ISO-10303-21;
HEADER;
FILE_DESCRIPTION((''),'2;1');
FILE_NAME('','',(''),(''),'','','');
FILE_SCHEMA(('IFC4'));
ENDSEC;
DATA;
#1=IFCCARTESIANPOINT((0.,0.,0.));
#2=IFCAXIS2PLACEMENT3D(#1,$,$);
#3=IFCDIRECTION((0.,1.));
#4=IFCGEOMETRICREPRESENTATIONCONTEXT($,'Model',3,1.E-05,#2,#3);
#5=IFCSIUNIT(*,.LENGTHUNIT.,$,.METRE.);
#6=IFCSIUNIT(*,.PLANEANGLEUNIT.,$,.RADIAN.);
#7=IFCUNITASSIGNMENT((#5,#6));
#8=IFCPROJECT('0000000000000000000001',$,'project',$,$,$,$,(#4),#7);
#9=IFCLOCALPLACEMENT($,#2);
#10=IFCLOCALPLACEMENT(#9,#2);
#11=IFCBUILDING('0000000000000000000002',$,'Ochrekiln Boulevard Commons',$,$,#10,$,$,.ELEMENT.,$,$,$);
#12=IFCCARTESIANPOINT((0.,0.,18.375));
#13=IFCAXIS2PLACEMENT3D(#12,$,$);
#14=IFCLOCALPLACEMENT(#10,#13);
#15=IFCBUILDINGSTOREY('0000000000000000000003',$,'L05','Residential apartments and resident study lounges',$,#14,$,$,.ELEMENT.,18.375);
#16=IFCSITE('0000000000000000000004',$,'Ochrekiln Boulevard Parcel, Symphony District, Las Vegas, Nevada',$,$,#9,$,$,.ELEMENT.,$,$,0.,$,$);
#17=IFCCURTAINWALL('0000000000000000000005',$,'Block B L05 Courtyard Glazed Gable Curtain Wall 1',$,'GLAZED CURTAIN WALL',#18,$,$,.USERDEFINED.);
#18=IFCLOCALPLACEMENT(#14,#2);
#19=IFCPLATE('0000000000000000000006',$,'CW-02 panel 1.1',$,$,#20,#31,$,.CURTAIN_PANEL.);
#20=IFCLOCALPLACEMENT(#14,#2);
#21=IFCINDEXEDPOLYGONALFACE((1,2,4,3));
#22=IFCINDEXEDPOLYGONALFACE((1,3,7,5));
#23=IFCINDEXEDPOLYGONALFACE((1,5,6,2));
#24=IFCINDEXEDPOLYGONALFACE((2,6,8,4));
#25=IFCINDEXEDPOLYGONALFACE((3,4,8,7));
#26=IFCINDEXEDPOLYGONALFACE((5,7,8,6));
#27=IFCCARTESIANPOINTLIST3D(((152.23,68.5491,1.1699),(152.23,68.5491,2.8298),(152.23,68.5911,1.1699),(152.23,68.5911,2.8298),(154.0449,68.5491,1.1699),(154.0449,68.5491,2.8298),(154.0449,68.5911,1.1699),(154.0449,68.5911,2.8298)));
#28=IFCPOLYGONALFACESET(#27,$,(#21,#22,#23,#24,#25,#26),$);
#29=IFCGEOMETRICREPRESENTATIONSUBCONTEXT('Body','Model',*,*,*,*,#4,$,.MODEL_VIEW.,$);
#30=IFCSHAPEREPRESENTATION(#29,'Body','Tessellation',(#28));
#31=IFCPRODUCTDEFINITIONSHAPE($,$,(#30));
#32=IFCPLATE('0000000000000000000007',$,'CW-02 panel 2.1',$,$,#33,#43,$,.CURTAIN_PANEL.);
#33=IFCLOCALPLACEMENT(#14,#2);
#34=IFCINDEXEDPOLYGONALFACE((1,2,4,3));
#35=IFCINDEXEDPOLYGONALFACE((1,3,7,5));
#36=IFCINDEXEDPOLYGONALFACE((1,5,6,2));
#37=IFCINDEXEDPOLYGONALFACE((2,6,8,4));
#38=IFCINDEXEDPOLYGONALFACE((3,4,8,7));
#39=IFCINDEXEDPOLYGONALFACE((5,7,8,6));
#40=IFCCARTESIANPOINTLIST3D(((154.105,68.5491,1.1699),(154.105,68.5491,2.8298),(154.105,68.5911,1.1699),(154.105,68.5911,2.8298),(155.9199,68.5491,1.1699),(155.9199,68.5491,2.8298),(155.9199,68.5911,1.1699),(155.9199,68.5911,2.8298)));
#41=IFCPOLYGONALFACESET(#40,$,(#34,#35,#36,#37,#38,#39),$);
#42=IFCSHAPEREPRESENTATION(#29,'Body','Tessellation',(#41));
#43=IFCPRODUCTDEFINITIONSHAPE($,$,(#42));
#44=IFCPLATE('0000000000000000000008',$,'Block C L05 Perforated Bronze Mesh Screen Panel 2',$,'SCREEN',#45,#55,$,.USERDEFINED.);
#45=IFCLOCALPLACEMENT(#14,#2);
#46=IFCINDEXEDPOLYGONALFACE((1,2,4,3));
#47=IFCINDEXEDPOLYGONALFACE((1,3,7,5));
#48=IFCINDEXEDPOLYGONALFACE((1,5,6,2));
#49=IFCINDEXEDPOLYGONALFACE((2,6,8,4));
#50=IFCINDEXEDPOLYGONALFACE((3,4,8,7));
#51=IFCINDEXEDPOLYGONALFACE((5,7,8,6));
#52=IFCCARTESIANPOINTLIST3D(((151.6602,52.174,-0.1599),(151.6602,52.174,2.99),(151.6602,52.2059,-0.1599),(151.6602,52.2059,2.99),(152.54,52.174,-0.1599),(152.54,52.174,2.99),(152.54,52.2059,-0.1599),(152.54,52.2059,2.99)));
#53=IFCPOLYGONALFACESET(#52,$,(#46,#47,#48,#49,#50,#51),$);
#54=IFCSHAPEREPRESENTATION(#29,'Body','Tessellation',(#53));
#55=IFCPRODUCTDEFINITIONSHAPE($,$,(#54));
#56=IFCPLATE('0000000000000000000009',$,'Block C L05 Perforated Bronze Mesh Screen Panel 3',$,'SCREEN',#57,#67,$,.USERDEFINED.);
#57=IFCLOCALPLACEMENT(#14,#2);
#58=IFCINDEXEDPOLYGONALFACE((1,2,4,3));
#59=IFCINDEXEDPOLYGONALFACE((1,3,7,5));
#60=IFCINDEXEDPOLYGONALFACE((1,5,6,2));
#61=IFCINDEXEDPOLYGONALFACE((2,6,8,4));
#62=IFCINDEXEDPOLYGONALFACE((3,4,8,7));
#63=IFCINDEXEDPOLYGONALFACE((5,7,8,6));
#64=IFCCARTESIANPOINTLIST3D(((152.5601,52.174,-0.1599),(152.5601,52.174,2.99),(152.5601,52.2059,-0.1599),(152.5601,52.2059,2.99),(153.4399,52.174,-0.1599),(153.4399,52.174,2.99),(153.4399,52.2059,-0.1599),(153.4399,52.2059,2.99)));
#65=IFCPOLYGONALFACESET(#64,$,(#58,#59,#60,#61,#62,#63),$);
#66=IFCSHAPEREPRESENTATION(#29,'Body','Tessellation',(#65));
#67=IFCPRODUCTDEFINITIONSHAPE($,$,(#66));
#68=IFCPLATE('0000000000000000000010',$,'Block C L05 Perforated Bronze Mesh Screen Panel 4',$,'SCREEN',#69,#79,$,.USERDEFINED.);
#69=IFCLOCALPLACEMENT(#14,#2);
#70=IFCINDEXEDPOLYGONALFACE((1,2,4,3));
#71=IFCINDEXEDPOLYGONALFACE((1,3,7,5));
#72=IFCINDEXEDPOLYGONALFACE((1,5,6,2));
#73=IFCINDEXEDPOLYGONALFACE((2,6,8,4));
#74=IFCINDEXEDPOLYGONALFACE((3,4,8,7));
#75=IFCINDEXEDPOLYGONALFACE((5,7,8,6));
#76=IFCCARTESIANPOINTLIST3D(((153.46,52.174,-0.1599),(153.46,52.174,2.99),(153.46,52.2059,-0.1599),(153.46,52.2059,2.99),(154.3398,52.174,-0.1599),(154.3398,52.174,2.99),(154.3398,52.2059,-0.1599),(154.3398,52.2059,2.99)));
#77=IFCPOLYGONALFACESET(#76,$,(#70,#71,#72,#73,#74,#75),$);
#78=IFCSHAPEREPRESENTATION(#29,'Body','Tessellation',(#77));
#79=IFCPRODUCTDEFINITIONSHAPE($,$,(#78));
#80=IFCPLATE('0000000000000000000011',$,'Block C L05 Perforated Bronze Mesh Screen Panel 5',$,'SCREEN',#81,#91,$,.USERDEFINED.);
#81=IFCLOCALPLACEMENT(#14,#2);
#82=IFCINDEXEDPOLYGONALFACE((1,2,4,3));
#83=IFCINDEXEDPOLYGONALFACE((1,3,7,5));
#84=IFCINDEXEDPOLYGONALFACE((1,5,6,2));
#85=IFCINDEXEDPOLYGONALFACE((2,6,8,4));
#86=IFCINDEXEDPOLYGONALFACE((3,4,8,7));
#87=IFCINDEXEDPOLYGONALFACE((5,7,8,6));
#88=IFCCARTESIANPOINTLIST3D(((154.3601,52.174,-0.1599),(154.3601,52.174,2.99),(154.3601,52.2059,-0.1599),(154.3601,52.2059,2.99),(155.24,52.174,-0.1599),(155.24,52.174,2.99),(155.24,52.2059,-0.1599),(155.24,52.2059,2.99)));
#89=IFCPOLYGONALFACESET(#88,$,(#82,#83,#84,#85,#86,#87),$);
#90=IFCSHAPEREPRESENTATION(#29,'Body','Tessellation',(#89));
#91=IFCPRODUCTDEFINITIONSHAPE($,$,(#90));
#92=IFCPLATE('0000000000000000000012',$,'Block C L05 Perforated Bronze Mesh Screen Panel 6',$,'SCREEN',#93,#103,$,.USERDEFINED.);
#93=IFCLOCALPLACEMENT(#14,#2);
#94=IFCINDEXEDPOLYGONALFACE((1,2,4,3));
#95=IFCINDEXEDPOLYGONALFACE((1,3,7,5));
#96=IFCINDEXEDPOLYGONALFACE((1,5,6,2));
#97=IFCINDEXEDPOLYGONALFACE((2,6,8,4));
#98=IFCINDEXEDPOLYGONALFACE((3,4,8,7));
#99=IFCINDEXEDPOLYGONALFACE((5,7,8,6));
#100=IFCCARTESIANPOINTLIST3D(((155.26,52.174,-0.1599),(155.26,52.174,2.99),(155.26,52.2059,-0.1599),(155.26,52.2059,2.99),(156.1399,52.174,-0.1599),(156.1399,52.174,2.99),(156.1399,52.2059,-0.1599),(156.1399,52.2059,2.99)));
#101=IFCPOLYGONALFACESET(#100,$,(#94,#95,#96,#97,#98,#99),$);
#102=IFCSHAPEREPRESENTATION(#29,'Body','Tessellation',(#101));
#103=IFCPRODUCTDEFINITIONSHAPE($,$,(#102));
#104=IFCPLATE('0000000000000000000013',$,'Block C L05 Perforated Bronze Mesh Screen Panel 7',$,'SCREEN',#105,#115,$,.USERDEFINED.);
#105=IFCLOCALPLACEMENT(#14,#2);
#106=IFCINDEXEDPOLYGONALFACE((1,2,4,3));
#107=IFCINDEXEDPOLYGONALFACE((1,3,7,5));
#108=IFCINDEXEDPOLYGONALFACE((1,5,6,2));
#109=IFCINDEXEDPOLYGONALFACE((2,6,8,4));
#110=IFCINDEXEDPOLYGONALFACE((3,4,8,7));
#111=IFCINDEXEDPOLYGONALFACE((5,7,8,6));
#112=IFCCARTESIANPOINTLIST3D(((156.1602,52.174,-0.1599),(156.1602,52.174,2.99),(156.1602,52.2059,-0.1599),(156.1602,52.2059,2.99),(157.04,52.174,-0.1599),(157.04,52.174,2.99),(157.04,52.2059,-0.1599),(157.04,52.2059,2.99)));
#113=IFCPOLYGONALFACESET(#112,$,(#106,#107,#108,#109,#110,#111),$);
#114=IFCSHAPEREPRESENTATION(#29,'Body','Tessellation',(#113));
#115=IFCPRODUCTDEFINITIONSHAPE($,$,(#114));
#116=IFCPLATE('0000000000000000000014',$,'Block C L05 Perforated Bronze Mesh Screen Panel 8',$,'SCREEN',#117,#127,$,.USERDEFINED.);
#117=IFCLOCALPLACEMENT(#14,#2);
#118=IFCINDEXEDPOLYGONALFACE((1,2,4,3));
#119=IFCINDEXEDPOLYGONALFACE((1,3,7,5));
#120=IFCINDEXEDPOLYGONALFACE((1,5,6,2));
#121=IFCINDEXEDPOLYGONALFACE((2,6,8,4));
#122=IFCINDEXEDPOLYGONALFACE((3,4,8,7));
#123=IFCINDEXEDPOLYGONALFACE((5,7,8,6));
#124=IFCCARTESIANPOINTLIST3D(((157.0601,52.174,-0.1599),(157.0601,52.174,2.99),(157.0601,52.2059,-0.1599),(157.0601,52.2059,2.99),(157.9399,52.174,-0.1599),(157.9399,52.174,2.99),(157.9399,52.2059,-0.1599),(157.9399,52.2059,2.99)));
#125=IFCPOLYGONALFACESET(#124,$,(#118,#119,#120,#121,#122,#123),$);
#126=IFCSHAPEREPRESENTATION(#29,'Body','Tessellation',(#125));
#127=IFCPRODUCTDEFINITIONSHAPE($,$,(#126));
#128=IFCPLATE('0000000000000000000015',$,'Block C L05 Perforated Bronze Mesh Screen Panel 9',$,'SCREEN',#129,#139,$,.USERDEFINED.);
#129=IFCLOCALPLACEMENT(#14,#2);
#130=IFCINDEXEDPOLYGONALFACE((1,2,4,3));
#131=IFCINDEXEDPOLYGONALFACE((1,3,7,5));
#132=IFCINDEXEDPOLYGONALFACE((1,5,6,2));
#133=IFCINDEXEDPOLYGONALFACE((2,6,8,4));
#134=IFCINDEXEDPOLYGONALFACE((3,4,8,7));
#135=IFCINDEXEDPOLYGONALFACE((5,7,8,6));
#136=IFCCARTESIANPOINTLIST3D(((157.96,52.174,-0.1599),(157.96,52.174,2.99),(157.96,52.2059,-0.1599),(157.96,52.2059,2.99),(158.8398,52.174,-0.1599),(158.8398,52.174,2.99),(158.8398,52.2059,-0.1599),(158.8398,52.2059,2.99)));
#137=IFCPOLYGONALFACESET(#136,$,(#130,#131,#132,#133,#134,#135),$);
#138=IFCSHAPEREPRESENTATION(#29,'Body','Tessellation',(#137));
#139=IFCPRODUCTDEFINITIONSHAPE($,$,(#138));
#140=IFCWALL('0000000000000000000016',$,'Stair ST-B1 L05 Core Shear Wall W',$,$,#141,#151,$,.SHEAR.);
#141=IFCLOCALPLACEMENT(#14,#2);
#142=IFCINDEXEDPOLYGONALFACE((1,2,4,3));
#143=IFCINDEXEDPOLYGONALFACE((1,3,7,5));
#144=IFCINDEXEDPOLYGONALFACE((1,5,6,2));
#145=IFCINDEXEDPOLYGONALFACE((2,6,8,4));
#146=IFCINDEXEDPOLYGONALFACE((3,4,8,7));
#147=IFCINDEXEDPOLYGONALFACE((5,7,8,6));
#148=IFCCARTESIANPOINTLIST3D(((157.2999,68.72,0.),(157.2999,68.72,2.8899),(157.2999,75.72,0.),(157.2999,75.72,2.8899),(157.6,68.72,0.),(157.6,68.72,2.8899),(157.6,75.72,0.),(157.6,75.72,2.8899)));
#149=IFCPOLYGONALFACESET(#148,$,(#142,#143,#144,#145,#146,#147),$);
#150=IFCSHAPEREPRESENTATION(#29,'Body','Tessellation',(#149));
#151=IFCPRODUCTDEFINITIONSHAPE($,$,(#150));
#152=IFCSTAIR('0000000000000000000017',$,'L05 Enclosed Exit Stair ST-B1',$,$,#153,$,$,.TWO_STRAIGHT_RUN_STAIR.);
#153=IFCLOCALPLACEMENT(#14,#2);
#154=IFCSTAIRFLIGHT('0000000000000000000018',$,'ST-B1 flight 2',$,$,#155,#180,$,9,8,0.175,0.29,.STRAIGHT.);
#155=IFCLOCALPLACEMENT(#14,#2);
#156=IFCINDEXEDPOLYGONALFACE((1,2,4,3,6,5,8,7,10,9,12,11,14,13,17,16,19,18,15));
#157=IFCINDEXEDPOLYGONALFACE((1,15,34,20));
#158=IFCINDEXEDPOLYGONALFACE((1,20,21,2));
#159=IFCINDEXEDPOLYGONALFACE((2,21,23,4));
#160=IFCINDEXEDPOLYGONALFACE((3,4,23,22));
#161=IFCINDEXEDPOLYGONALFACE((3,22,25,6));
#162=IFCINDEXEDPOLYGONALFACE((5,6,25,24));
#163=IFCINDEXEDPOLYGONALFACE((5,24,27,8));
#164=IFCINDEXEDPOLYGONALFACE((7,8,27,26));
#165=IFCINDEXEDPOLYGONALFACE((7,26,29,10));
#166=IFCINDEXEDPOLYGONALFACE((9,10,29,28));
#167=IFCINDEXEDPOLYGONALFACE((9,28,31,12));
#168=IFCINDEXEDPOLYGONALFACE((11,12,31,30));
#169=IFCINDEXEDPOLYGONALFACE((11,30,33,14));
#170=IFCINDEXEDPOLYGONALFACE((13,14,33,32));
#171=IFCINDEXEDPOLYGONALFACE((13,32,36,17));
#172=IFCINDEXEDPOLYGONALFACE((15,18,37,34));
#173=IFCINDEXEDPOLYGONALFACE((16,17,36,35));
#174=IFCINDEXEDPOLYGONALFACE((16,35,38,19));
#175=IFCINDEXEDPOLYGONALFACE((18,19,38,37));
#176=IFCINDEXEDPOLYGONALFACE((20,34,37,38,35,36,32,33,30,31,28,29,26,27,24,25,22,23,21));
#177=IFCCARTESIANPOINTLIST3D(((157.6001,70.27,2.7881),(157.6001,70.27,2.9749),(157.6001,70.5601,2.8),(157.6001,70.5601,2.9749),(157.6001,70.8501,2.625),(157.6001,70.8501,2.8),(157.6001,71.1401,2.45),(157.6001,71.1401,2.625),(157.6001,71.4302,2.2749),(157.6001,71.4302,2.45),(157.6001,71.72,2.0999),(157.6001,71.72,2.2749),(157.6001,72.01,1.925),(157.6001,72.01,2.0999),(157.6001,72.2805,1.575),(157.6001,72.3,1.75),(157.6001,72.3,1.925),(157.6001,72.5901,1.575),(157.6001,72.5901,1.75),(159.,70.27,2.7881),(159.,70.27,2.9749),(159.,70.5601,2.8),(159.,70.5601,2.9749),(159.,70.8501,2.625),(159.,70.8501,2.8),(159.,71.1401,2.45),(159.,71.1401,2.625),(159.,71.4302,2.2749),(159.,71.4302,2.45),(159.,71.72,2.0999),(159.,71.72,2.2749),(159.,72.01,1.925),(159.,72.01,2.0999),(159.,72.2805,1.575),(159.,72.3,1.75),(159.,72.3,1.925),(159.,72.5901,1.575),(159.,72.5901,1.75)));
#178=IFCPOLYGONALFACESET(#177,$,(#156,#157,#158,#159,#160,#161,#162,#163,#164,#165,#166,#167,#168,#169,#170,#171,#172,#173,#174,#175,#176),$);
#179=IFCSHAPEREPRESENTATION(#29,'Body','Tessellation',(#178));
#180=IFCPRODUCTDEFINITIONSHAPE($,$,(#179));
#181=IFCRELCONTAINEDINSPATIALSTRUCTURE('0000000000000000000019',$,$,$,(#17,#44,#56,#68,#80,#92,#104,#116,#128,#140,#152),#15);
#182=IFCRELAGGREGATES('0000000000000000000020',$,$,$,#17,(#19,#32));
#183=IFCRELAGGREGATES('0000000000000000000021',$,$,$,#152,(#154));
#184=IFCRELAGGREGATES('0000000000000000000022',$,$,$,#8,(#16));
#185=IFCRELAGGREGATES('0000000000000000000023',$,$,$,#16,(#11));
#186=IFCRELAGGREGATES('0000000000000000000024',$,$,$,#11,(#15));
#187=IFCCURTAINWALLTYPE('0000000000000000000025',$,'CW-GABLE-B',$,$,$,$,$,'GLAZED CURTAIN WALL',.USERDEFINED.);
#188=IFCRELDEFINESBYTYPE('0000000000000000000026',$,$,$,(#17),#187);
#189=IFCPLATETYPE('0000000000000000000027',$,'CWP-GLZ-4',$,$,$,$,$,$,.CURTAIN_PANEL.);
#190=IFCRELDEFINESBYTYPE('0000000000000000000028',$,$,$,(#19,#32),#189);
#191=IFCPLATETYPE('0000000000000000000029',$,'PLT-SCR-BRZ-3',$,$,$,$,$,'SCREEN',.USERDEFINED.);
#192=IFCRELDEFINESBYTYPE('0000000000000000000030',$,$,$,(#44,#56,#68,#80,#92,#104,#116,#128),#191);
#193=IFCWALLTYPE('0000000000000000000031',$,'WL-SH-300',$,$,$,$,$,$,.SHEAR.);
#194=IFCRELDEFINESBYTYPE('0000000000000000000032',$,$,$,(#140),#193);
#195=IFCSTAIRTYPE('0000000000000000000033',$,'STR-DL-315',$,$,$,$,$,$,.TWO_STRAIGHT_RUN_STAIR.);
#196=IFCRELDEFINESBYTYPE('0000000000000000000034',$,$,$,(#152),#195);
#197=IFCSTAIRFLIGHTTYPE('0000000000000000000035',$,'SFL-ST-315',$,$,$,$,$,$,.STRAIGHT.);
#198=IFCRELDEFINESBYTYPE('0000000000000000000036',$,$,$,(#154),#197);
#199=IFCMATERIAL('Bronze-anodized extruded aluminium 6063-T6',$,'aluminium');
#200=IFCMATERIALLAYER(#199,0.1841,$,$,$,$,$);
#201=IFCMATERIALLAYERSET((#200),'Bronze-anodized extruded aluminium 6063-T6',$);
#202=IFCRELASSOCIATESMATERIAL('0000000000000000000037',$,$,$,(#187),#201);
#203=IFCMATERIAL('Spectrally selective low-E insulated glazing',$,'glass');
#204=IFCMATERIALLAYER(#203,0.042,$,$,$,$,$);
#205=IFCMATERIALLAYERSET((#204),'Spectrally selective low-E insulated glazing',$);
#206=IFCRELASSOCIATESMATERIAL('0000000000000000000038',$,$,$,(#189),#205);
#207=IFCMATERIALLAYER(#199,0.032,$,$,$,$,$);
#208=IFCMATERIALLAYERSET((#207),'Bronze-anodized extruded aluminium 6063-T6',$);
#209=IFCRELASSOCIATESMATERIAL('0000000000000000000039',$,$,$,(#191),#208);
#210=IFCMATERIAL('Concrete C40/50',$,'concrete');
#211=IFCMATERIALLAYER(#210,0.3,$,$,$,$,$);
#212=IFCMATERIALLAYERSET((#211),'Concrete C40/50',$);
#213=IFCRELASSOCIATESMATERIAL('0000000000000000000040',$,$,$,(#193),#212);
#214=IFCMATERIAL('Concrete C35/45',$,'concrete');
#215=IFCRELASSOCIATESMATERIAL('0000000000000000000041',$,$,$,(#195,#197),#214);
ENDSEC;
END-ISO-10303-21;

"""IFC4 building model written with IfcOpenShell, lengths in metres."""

from ifc_helpers import new_model, si_unit, direction, frame, frame_2d, origin, origin_2d, place, context, subcontext, project, spatial, polyline, rectangle, outline, extrude, material, layer, layer_set, type_object, element, aggregate, save


model = new_model("IFC4")

# Units and contexts
model_context = context("Model", 3, precision=1e-05, world=origin(), true_north=direction((0.0, 1.0)))
body_context = subcontext(model_context, "Body", "Model", "MODEL_VIEW")
ifc_project = project(units=[si_unit("LENGTHUNIT", "METRE"), si_unit("PLANEANGLEUNIT", "RADIAN")], contexts=[model_context])

# Site, building, storey
site_placement = place(None, origin())
site = spatial("IfcSite", under=ifc_project, at=site_placement, Name="Ochrekiln Boulevard Parcel, Symphony District, Las Vegas, Nevada", CompositionType="ELEMENT", RefElevation=0.0)
building_placement = place(site_placement, origin())
building = spatial("IfcBuilding", under=site, at=building_placement, Name="Ochrekiln Boulevard Commons", CompositionType="ELEMENT")
storey_placement = place(building_placement, frame((0.0, 0.0, 18.375)))
storey = spatial("IfcBuildingStorey", under=building, at=storey_placement, Name="L05", Description="Residential apartments and resident study lounges", CompositionType="ELEMENT", Elevation=18.375)

# Shared definitions
ifc_material_1 = material(Name="Concrete C40/50", Category="concrete")

# Curtain wall
ifc_material_2 = material(Name="Bronze-anodized extruded aluminium 6063-T6", Category="aluminium")
ifc_layer_1 = layer(ifc_material_2, 0.1841)
ifc_layer_set_1 = layer_set([ifc_layer_1], Name="Bronze-anodized extruded aluminium 6063-T6")
curtain_wall_type = type_object("IfcCurtainWallType", Name="CW-GABLE-B", ElementType="GLAZED CURTAIN WALL", PredefinedType="USERDEFINED", material=ifc_layer_set_1)
curtain_wall_1_placement = place(storey_placement, origin())
curtain_wall_1 = element("IfcCurtainWall", 1, at=curtain_wall_1_placement, inside=storey, type_object=curtain_wall_type, Name="Block B L05 Courtyard Glazed Gable Curtain Wall 1", ObjectType="GLAZED CURTAIN WALL", PredefinedType="USERDEFINED")

# Plates
ifc_material_3 = material(Name="Spectrally selective low-E insulated glazing", Category="glass")
ifc_layer_2 = layer(ifc_material_3, 0.042)
ifc_layer_set_2 = layer_set([ifc_layer_2], Name="Spectrally selective low-E insulated glazing")
plate_type_1 = type_object("IfcPlateType", Name="CWP-GLZ-4", PredefinedType="CURTAIN_PANEL", material=ifc_layer_set_2)
plate_1_placement = place(storey_placement, frame((153.1375, 68.5701, 1.1699), z_axis=(0.0, 0.0, 1.0), x_axis=(1.0, 0.0, 0.0)))
plate_1 = element("IfcPlate", 2, at=plate_1_placement, type_object=plate_type_1, Name="CW-02 panel 1.1", PredefinedType="CURTAIN_PANEL", context=body_context, shape_type="SweptSolid", body=[
    extrude(rectangle(XDim=1.8149, YDim=0.042, at=origin_2d()), origin(), (0.0, 0.0, 1.0), 1.6599),
])
plate_2_placement = place(storey_placement, frame((155.0125, 68.5701, 1.1699), z_axis=(0.0, 0.0, 1.0), x_axis=(1.0, 0.0, 0.0)))
plate_2 = element("IfcPlate", 3, at=plate_2_placement, type_object=plate_type_1, Name="CW-02 panel 2.1", PredefinedType="CURTAIN_PANEL", context=body_context, shape_type="SweptSolid", body=[
    extrude(rectangle(XDim=1.8149, YDim=0.042, at=origin_2d()), origin(), (0.0, 0.0, 1.0), 1.6599),
])
aggregate(curtain_wall_1, [plate_1, plate_2])

# Plates
ifc_layer_3 = layer(ifc_material_2, 0.032)
ifc_layer_set_3 = layer_set([ifc_layer_3], Name="Bronze-anodized extruded aluminium 6063-T6")
plate_type_2 = type_object("IfcPlateType", Name="PLT-SCR-BRZ-3", ElementType="SCREEN", PredefinedType="USERDEFINED", material=ifc_layer_set_3)
for number, where, z_axis, x_axis, name in (
    (4, (152.1001, 52.1899, -0.1599), (0.0, 0.0, 1.0), (1.0, 0.0, 0.0), "Block C L05 Perforated Bronze Mesh Screen Panel 2"),
    (5, (153.0, 52.1899, -0.1599), (0.0, 0.0, 1.0), (1.0, 0.0, 0.0), "Block C L05 Perforated Bronze Mesh Screen Panel 3"),
    (6, (153.8999, 52.1899, -0.1599), (0.0, 0.0, 1.0), (1.0, 0.0, 0.0), "Block C L05 Perforated Bronze Mesh Screen Panel 4"),
    (7, (154.8, 52.1899, -0.1599), (0.0, 0.0, 1.0), (1.0, 0.0, 0.0), "Block C L05 Perforated Bronze Mesh Screen Panel 5"),
    (8, (155.7, 52.1899, -0.1599), (0.0, 0.0, 1.0), (1.0, 0.0, 0.0), "Block C L05 Perforated Bronze Mesh Screen Panel 6"),
    (9, (156.6001, 52.1899, -0.1599), (0.0, 0.0, 1.0), (1.0, 0.0, 0.0), "Block C L05 Perforated Bronze Mesh Screen Panel 7"),
    (10, (157.5, 52.1899, -0.1599), (0.0, 0.0, 1.0), (1.0, 0.0, 0.0), "Block C L05 Perforated Bronze Mesh Screen Panel 8"),
    (11, (158.3999, 52.1899, -0.1599), (0.0, 0.0, 1.0), (1.0, 0.0, 0.0), "Block C L05 Perforated Bronze Mesh Screen Panel 9"),
):
    element("IfcPlate", number, at=place(storey_placement, frame(where, z_axis=z_axis, x_axis=x_axis)), inside=storey, type_object=plate_type_2, Name=name, ObjectType="SCREEN", PredefinedType="USERDEFINED", context=body_context, shape_type="SweptSolid", body=[
        extrude(rectangle(XDim=0.8799, YDim=0.032, at=origin_2d()), origin(), (0.0, 0.0, 1.0), 3.1499),
    ])

# Wall
ifc_layer_4 = layer(ifc_material_1, 0.3)
ifc_layer_set_4 = layer_set([ifc_layer_4], Name="Concrete C40/50")
wall_type = type_object("IfcWallType", Name="WL-SH-300", PredefinedType="SHEAR", material=ifc_layer_set_4)
wall_placement = place(storey_placement, frame((157.45, 68.72, 0.0), z_axis=(0.0, 0.0, 1.0), x_axis=(0.0, 1.0, 0.0)))
element("IfcWall", 12, at=wall_placement, inside=storey, type_object=wall_type, Name="Stair ST-B1 L05 Core Shear Wall W", PredefinedType="SHEAR", context=body_context, shape_type="SweptSolid", body=[
    extrude(rectangle(XDim=7.0, YDim=0.3, at=frame_2d((3.5, 0.0))), origin(), (0.0, 0.0, 1.0), 2.8899),
])

# Stair, stair flight
ifc_material_4 = material(Name="Concrete C35/45", Category="concrete")
stair_type = type_object("IfcStairType", Name="STR-DL-315", PredefinedType="TWO_STRAIGHT_RUN_STAIR", material=ifc_material_4)
stair_placement = place(storey_placement, origin())
stair = element("IfcStair", 13, at=stair_placement, inside=storey, type_object=stair_type, Name="L05 Enclosed Exit Stair ST-B1", PredefinedType="TWO_STRAIGHT_RUN_STAIR")
stair_flight_type = type_object("IfcStairFlightType", Name="SFL-ST-315", PredefinedType="STRAIGHT", material=ifc_material_4)
stair_flight_placement = place(storey_placement, frame((158.3, 72.5901, 1.575), z_axis=(0.0, 0.0, 1.0), x_axis=(0.0, -1.0, 0.0)))
stair_flight = element("IfcStairFlight", 14, at=stair_flight_placement, type_object=stair_flight_type, Name="ST-B1 flight 2", NumberOfRisers=9, NumberOfTreads=8, PredefinedType="STRAIGHT", RiserHeight=0.175, TreadLength=0.29, context=body_context, shape_type="SweptSolid", body=[
    extrude(outline(polyline([(0.0, 0.0), (0.0, 0.175), (0.29, 0.175), (0.29, 0.3501), (0.5801, 0.3501), (0.5801, 0.5249), (0.8701, 0.5249), (0.8701, 0.7), (1.1599, 0.7), (1.1599, 0.875), (1.45, 0.875), (1.45, 1.05), (1.74, 1.05), (1.74, 1.2251), (2.03, 1.2251), (2.03, 1.3999), (2.3201, 1.3999), (2.3201, 1.575), (2.3201, 1.2131), (0.3096, 0.0), (0.0, 0.0)])), frame((0.0, 0.7, 0.0), z_axis=(0.0, -1.0, 0.0), x_axis=(1.0, 0.0, 0.0)), (0.0, 0.0, 1.0), 1.3999),
])
aggregate(stair, [stair_flight])

save(model, "model.ifc")
